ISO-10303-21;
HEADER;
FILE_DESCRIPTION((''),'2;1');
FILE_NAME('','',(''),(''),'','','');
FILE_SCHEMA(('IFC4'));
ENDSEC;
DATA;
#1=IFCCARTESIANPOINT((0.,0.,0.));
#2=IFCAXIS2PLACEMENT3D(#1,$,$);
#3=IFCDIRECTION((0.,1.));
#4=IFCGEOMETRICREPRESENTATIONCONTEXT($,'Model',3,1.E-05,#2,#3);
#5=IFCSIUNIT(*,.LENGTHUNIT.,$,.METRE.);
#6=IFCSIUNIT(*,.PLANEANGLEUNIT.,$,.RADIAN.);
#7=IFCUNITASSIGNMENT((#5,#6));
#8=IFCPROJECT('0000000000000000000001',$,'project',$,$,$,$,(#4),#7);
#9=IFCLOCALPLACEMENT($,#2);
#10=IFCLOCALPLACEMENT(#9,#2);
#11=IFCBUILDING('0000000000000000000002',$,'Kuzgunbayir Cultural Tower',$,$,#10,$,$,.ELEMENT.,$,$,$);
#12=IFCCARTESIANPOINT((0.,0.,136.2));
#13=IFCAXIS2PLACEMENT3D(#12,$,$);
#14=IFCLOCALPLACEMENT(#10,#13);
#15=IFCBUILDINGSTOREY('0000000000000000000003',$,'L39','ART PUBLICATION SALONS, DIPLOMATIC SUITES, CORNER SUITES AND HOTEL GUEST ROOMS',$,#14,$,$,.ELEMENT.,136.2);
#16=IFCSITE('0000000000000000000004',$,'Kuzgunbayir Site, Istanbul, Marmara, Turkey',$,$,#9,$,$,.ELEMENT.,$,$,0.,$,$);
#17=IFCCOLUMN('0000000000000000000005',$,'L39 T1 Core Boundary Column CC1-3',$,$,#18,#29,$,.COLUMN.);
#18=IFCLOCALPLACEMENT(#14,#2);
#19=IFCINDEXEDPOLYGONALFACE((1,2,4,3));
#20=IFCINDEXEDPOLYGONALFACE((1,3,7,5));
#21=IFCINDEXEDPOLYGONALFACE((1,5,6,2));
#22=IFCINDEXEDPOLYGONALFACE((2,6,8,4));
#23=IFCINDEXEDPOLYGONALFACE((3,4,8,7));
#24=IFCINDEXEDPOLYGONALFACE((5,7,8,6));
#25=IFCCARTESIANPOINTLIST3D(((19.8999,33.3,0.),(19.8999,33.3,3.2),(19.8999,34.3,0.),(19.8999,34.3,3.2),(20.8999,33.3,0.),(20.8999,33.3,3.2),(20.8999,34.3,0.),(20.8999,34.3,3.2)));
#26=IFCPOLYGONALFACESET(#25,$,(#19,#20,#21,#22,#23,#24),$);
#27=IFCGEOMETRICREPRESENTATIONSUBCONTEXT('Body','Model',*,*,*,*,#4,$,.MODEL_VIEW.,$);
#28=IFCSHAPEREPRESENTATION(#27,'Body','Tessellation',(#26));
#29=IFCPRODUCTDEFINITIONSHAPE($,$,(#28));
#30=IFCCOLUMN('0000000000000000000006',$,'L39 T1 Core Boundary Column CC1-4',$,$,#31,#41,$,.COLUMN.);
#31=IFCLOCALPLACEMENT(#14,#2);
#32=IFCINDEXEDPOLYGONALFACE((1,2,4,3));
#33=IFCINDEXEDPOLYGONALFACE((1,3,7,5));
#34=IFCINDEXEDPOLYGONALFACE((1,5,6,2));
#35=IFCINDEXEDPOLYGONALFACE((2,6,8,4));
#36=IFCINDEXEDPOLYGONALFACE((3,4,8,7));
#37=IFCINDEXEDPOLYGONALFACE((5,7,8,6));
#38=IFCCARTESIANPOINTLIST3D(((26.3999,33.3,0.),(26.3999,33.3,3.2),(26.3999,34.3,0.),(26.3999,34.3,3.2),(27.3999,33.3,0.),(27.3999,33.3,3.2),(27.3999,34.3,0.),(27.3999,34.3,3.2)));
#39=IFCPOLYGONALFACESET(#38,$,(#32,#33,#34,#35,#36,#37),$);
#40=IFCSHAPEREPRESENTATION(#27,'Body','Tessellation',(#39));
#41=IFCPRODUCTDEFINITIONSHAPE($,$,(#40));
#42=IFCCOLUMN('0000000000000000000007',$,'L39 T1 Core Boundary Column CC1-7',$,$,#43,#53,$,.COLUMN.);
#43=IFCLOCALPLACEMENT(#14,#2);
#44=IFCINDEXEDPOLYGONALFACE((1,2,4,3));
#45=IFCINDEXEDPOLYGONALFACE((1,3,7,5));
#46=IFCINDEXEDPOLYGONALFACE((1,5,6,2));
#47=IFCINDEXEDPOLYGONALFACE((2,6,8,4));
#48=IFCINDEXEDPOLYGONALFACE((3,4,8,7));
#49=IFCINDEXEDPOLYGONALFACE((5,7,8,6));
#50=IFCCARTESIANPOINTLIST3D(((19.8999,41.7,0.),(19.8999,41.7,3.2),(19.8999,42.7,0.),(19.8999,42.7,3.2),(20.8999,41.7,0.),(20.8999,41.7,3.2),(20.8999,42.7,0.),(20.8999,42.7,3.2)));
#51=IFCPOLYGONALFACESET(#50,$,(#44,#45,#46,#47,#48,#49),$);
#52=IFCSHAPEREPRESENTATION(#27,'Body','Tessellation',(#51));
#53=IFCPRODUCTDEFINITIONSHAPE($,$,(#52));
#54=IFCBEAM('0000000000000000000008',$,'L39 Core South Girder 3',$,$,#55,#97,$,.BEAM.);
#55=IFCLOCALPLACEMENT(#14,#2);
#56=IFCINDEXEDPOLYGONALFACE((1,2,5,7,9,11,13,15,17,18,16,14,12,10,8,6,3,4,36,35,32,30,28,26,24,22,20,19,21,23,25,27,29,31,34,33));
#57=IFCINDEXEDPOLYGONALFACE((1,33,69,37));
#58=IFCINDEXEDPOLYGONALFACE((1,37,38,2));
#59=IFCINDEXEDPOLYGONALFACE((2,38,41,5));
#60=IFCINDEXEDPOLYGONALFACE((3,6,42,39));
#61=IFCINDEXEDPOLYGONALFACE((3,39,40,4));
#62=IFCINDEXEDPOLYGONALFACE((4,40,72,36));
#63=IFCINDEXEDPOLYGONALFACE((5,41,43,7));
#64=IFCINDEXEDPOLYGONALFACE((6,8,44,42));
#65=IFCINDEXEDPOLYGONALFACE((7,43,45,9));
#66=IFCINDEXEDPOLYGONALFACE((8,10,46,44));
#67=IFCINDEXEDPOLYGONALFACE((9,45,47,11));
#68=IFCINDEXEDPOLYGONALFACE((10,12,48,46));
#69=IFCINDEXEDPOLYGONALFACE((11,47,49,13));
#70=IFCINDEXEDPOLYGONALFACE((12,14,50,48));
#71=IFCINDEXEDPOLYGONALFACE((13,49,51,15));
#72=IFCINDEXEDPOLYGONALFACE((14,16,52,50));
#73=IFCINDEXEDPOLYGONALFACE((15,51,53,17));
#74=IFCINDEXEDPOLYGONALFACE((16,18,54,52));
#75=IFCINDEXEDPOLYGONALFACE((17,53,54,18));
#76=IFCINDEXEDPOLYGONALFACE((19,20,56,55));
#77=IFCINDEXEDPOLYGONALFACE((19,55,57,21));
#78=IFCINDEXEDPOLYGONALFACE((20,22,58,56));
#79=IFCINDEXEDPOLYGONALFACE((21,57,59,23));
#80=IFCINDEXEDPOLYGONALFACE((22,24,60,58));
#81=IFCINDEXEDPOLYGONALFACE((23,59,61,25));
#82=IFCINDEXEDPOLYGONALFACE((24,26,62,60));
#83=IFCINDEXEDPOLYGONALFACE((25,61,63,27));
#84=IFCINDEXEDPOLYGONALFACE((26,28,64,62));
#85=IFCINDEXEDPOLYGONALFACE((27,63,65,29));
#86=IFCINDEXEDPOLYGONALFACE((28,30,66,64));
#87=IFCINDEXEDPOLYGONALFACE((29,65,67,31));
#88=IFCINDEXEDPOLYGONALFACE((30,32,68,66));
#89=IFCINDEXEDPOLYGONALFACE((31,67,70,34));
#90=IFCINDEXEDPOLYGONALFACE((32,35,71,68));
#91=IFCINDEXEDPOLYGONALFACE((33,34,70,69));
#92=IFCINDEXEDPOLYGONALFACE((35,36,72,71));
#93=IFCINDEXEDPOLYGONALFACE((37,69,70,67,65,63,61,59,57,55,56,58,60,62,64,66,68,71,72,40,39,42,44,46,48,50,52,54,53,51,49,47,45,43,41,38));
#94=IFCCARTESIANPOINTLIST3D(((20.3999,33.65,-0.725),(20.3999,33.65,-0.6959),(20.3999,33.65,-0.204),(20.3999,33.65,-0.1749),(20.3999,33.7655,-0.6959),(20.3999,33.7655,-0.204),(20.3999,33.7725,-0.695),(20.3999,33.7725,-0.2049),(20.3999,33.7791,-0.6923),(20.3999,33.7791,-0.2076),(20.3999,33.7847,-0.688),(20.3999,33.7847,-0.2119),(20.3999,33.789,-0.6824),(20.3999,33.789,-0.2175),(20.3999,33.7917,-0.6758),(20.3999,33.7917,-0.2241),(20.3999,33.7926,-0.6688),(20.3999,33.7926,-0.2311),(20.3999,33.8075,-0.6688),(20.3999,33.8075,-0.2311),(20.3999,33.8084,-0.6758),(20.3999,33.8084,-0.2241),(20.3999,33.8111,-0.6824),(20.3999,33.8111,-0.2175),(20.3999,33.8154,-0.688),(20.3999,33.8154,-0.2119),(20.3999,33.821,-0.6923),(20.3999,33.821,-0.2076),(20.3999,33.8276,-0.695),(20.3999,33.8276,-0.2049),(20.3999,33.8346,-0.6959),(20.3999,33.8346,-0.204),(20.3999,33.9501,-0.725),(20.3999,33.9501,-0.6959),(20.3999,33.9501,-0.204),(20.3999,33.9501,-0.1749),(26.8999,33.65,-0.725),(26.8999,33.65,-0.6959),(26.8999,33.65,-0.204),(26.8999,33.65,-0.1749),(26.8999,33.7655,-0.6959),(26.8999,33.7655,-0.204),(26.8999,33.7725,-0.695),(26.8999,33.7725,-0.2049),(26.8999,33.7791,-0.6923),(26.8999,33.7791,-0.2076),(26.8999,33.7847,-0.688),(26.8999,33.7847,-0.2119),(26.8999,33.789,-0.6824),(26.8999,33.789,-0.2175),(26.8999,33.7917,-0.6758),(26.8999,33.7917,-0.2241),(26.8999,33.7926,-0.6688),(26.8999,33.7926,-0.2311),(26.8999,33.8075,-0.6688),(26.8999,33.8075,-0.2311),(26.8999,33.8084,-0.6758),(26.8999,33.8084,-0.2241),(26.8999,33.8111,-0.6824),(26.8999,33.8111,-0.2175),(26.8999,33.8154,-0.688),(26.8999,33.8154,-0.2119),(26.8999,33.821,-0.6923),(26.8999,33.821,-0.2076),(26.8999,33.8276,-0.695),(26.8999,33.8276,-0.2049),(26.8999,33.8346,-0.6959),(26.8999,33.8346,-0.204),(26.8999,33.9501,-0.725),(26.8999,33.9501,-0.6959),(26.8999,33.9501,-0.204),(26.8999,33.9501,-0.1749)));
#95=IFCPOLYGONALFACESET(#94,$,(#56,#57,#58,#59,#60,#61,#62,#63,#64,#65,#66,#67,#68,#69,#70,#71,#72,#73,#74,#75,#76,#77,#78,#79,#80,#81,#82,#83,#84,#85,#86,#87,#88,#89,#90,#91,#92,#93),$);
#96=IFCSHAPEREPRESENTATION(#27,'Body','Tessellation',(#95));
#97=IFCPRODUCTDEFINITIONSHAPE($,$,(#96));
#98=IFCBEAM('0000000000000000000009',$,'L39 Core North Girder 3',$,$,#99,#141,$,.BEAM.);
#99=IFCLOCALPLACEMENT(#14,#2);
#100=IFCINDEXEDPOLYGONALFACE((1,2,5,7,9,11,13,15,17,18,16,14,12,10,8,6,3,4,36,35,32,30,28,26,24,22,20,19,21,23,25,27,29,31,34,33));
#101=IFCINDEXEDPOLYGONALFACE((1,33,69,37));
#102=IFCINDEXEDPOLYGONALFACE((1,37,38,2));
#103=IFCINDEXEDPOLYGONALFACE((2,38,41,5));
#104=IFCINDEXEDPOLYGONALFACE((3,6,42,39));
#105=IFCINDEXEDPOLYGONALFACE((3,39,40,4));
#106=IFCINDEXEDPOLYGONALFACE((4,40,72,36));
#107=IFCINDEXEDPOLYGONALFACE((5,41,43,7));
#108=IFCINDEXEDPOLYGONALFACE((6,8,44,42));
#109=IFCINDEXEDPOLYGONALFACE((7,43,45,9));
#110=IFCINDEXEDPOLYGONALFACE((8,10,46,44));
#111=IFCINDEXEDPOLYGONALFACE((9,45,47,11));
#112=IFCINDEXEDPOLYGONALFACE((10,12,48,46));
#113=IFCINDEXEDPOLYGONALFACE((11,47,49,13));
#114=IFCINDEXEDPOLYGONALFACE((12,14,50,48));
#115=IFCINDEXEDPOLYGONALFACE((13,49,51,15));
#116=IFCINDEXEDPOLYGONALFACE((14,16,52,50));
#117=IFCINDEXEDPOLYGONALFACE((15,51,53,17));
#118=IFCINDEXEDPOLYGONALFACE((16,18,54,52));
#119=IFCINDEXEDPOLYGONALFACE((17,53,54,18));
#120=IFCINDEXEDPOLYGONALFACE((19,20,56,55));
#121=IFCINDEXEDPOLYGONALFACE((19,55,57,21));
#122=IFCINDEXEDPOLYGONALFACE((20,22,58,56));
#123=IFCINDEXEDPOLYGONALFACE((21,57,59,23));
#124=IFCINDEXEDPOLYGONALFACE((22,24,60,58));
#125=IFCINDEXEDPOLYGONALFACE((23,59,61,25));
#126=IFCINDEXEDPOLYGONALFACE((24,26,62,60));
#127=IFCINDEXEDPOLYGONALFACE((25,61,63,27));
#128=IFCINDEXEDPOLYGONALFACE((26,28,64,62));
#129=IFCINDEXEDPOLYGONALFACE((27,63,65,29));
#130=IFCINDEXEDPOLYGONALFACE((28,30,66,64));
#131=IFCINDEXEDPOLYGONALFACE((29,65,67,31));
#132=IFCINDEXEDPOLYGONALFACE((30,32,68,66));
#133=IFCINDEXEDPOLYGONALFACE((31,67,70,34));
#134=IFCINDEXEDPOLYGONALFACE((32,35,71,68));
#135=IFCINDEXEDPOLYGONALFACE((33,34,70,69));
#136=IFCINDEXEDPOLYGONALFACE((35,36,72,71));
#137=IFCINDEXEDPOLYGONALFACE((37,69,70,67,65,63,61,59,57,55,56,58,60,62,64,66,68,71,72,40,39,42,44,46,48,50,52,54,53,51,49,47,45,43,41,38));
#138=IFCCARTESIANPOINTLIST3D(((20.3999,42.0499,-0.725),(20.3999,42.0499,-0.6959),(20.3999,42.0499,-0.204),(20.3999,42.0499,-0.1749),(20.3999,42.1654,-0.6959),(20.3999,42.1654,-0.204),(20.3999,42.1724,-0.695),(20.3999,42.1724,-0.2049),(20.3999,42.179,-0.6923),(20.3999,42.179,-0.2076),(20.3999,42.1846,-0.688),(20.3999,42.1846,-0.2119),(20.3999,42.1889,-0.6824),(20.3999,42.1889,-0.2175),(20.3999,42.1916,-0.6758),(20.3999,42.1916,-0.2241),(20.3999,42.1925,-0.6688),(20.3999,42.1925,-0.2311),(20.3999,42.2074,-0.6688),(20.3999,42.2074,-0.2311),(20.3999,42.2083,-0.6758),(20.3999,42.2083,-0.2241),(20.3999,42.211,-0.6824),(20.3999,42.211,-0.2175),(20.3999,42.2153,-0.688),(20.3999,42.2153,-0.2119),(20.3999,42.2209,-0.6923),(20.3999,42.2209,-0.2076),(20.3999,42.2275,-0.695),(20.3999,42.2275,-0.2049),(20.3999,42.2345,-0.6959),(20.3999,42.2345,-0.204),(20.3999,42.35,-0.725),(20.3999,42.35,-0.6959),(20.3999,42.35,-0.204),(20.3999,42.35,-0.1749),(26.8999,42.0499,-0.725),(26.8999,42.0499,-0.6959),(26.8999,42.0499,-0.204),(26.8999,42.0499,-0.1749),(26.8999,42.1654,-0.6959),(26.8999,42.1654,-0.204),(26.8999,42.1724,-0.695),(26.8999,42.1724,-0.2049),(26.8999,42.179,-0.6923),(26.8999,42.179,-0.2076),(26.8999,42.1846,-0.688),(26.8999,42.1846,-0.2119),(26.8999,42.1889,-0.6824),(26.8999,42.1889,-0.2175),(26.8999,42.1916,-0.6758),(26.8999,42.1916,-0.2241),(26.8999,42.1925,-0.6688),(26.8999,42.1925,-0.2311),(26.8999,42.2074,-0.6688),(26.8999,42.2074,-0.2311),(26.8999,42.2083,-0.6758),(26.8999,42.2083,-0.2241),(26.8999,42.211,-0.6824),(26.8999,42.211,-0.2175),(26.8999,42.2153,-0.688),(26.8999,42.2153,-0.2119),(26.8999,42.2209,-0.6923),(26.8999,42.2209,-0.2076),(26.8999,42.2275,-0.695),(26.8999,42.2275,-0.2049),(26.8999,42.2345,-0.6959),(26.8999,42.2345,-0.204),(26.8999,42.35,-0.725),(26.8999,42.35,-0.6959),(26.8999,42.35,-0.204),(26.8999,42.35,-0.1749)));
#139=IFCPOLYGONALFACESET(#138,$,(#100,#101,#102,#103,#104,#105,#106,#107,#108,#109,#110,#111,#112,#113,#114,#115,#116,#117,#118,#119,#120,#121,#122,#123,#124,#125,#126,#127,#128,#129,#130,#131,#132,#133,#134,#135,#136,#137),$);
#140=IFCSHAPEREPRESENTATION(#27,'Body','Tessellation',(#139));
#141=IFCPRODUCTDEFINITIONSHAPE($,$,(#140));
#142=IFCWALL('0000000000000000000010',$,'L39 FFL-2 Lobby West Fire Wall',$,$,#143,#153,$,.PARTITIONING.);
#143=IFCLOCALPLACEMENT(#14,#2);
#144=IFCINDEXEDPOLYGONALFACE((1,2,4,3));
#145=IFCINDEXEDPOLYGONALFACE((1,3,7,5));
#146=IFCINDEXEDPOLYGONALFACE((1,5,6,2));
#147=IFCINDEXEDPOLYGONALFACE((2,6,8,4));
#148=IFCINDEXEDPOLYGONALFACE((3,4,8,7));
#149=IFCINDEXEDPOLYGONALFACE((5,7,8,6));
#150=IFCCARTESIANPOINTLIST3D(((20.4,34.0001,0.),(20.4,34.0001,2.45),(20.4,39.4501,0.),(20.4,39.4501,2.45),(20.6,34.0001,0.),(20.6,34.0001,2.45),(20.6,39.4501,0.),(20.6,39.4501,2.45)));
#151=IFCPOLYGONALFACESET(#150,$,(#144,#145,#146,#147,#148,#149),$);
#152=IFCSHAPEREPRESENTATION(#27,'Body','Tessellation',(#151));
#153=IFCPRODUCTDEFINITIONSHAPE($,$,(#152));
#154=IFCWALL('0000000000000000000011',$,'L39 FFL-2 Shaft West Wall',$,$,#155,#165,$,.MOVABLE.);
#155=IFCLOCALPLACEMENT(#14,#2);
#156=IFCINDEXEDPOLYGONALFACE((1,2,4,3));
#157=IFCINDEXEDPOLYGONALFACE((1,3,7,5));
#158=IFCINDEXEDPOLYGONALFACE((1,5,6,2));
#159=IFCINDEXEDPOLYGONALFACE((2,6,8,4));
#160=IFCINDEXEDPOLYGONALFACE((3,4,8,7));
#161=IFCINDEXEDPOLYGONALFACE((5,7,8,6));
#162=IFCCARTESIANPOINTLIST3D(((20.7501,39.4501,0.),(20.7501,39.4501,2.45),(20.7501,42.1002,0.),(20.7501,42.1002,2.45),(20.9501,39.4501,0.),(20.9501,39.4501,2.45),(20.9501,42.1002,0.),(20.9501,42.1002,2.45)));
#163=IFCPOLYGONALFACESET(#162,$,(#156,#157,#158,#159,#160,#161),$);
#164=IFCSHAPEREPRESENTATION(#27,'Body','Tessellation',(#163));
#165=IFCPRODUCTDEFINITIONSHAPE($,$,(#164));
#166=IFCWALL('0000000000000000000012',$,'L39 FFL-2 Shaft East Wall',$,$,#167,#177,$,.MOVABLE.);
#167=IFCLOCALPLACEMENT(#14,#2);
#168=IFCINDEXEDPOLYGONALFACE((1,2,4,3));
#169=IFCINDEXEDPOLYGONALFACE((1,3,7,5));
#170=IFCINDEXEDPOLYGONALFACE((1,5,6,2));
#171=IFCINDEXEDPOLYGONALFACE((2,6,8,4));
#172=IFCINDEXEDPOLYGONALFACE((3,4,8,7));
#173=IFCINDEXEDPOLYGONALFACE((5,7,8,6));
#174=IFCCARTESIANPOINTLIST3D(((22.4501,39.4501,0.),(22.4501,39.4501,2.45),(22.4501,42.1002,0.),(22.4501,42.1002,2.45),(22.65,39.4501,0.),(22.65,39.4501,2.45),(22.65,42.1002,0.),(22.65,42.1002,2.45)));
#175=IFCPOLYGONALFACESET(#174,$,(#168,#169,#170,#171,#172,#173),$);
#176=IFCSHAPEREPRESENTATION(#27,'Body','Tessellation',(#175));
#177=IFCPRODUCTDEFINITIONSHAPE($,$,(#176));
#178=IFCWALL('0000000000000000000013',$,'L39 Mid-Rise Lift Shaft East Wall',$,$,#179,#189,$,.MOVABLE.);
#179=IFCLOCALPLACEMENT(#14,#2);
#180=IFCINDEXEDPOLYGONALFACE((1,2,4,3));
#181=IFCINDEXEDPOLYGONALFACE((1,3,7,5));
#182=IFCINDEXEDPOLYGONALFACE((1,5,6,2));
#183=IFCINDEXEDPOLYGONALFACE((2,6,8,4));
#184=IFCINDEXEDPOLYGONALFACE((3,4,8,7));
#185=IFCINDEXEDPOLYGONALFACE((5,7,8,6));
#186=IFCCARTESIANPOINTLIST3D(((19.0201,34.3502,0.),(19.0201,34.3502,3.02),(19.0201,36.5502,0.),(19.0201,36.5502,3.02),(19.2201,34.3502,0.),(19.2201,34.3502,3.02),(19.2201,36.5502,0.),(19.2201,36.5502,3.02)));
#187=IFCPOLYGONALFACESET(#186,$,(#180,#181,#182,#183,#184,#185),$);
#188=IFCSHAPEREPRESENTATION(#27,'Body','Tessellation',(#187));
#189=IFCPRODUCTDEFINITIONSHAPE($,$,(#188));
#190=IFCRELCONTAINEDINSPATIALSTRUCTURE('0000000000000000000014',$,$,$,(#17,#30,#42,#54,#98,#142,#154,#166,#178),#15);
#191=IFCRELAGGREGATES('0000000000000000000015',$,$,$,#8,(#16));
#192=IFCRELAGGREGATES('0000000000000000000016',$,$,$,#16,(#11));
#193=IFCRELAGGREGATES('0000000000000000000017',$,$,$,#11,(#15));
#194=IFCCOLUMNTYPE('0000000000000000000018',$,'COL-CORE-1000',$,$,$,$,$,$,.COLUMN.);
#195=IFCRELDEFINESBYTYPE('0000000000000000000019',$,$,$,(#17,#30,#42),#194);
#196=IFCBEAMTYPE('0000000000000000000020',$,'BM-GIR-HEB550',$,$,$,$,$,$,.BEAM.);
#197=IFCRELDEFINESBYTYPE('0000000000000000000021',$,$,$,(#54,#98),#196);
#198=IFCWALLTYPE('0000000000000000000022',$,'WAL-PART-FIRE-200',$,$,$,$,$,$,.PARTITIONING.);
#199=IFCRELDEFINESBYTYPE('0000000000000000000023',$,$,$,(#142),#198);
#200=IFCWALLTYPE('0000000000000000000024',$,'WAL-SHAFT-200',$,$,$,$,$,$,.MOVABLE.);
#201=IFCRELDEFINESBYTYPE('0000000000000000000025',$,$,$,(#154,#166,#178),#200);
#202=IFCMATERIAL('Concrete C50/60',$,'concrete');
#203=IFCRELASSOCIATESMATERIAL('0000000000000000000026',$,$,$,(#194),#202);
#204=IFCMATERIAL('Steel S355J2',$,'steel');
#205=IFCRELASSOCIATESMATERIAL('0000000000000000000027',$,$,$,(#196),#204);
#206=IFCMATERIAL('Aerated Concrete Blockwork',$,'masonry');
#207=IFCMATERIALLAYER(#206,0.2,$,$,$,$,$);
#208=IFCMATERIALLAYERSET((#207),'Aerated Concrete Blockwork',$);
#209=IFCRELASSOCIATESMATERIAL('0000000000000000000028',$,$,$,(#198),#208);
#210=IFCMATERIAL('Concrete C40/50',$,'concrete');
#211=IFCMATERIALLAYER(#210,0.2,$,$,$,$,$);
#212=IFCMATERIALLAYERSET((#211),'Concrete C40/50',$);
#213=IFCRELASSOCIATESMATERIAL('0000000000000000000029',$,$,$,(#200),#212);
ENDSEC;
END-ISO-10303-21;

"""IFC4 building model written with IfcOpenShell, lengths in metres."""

from ifc_helpers import new_model, si_unit, direction, frame, frame_2d, origin, origin_2d, place, context, subcontext, project, spatial, rectangle, i_section, extrude, material, layer, layer_set, material_profile, profile_set, type_object, element, save


model = new_model("IFC4")

# Units and contexts
model_context = context("Model", 3, precision=1e-05, world=origin(), true_north=direction((0.0, 1.0)))
body_context = subcontext(model_context, "Body", "Model", "MODEL_VIEW")
ifc_project = project(units=[si_unit("LENGTHUNIT", "METRE"), si_unit("PLANEANGLEUNIT", "RADIAN")], contexts=[model_context])

# Site, building, storey
site_placement = place(None, origin())
site = spatial("IfcSite", under=ifc_project, at=site_placement, Name="Kuzgunbayir Site, Istanbul, Marmara, Turkey", CompositionType="ELEMENT", RefElevation=0.0)
building_placement = place(site_placement, origin())
building = spatial("IfcBuilding", under=site, at=building_placement, Name="Kuzgunbayir Cultural Tower", CompositionType="ELEMENT")
storey_placement = place(building_placement, frame((0.0, 0.0, 136.2)))
storey = spatial("IfcBuildingStorey", under=building, at=storey_placement, Name="L39", Description="ART PUBLICATION SALONS, DIPLOMATIC SUITES, CORNER SUITES AND HOTEL GUEST ROOMS", CompositionType="ELEMENT", Elevation=136.2)

# Columns
ifc_material_1 = material(Name="Concrete C50/60", Category="concrete")
ifc_material_profile_1 = material_profile(ifc_material_1, rectangle(XDim=1.0, YDim=1.0, at=origin_2d()), Name="RC 1000x1000")
ifc_profile_set_1 = profile_set([ifc_material_profile_1], Name="Concrete C50/60")
column_type = type_object("IfcColumnType", Name="COL-CORE-1000", PredefinedType="COLUMN", material=ifc_profile_set_1)
for number, where, z_axis, x_axis, name in (
    (1, (20.3999, 33.8, 0.0), (0.0, 0.0, 1.0), (1.0, 0.0, 0.0), "L39 T1 Core Boundary Column CC1-3"),
    (2, (26.8999, 33.8, 0.0), (0.0, 0.0, 1.0), (1.0, 0.0, 0.0), "L39 T1 Core Boundary Column CC1-4"),
    (3, (20.3999, 42.2, 0.0), (0.0, 0.0, 1.0), (1.0, 0.0, 0.0), "L39 T1 Core Boundary Column CC1-7"),
):
    element("IfcColumn", number, at=place(storey_placement, frame(where, z_axis=z_axis, x_axis=x_axis)), inside=storey, type_object=column_type, Name=name, PredefinedType="COLUMN", context=body_context, shape_type="SweptSolid", body=[
        extrude(rectangle(XDim=1.0, YDim=1.0, at=origin_2d()), origin(), (0.0, 0.0, 1.0), 3.2),
    ])

# Beams
ifc_material_2 = material(Name="Steel S355J2", Category="steel")
ifc_material_profile_2 = material_profile(ifc_material_2, i_section(OverallWidth=0.3, OverallDepth=0.55, WebThickness=0.0149, FlangeThickness=0.0291, FilletRadius=0.0271, at=origin_2d()), Name="HEB 550")
ifc_profile_set_2 = profile_set([ifc_material_profile_2], Name="Steel S355J2")
beam_type = type_object("IfcBeamType", Name="BM-GIR-HEB550", PredefinedType="BEAM", material=ifc_profile_set_2)
for number, where, z_axis, x_axis, name in (
    (4, (20.3999, 33.8, -0.45), (1.0, 0.0, 0.0), (0.0, 1.0, 0.0), "L39 Core South Girder 3"),
    (5, (20.3999, 42.2, -0.45), (1.0, 0.0, 0.0), (0.0, 1.0, 0.0), "L39 Core North Girder 3"),
):
    element("IfcBeam", number, at=place(storey_placement, frame(where, z_axis=z_axis, x_axis=x_axis)), inside=storey, type_object=beam_type, Name=name, PredefinedType="BEAM", context=body_context, shape_type="SweptSolid", body=[
        extrude(i_section(OverallWidth=0.3, OverallDepth=0.55, WebThickness=0.0149, FlangeThickness=0.0291, FilletRadius=0.0271, at=origin_2d()), origin(), (0.0, 0.0, 1.0), 6.5),
    ])

# Wall
ifc_material_3 = material(Name="Aerated Concrete Blockwork", Category="masonry")
ifc_layer_1 = layer(ifc_material_3, 0.2)
ifc_layer_set_1 = layer_set([ifc_layer_1], Name="Aerated Concrete Blockwork")
wall_type_1 = type_object("IfcWallType", Name="WAL-PART-FIRE-200", PredefinedType="PARTITIONING", material=ifc_layer_set_1)
wall_1_placement = place(storey_placement, frame((20.5, 34.0, 0.0), z_axis=(0.0, 0.0, 1.0), x_axis=(0.0, 1.0, 0.0)))
element("IfcWall", 6, at=wall_1_placement, inside=storey, type_object=wall_type_1, Name="L39 FFL-2 Lobby West Fire Wall", PredefinedType="PARTITIONING", context=body_context, shape_type="SweptSolid", body=[
    extrude(rectangle(XDim=5.45, YDim=0.2, at=frame_2d((2.7251, 0.0))), origin(), (0.0, 0.0, 1.0), 2.45),
])

# Shared definitions
ifc_material_4 = material(Name="Concrete C40/50", Category="concrete")
ifc_layer_2 = layer(ifc_material_4, 0.2)
ifc_layer_set_2 = layer_set([ifc_layer_2], Name="Concrete C40/50")
wall_type_2 = type_object("IfcWallType", Name="WAL-SHAFT-200", PredefinedType="MOVABLE", material=ifc_layer_set_2)

# Walls
for number, where, z_axis, x_axis, name in (
    (7, (20.8501, 39.45, 0.0), (0.0, 0.0, 1.0), (0.0, 1.0, 0.0), "L39 FFL-2 Shaft West Wall"),
    (8, (22.55, 39.45, 0.0), (0.0, 0.0, 1.0), (0.0, 1.0, 0.0), "L39 FFL-2 Shaft East Wall"),
):
    element("IfcWall", number, at=place(storey_placement, frame(where, z_axis=z_axis, x_axis=x_axis)), inside=storey, type_object=wall_type_2, Name=name, PredefinedType="MOVABLE", context=body_context, shape_type="SweptSolid", body=[
        extrude(rectangle(XDim=2.6501, YDim=0.2, at=frame_2d((1.3252, 0.0))), origin(), (0.0, 0.0, 1.0), 2.45),
    ])
wall_2_placement = place(storey_placement, frame((19.1201, 34.3501, 0.0), z_axis=(0.0, 0.0, 1.0), x_axis=(0.0, 1.0, 0.0)))
element("IfcWall", 9, at=wall_2_placement, inside=storey, type_object=wall_type_2, Name="L39 Mid-Rise Lift Shaft East Wall", PredefinedType="MOVABLE", context=body_context, shape_type="SweptSolid", body=[
    extrude(rectangle(XDim=2.2, YDim=0.2, at=frame_2d((1.1001, 0.0))), origin(), (0.0, 0.0, 1.0), 3.02),
])

save(model, "model.ifc")
